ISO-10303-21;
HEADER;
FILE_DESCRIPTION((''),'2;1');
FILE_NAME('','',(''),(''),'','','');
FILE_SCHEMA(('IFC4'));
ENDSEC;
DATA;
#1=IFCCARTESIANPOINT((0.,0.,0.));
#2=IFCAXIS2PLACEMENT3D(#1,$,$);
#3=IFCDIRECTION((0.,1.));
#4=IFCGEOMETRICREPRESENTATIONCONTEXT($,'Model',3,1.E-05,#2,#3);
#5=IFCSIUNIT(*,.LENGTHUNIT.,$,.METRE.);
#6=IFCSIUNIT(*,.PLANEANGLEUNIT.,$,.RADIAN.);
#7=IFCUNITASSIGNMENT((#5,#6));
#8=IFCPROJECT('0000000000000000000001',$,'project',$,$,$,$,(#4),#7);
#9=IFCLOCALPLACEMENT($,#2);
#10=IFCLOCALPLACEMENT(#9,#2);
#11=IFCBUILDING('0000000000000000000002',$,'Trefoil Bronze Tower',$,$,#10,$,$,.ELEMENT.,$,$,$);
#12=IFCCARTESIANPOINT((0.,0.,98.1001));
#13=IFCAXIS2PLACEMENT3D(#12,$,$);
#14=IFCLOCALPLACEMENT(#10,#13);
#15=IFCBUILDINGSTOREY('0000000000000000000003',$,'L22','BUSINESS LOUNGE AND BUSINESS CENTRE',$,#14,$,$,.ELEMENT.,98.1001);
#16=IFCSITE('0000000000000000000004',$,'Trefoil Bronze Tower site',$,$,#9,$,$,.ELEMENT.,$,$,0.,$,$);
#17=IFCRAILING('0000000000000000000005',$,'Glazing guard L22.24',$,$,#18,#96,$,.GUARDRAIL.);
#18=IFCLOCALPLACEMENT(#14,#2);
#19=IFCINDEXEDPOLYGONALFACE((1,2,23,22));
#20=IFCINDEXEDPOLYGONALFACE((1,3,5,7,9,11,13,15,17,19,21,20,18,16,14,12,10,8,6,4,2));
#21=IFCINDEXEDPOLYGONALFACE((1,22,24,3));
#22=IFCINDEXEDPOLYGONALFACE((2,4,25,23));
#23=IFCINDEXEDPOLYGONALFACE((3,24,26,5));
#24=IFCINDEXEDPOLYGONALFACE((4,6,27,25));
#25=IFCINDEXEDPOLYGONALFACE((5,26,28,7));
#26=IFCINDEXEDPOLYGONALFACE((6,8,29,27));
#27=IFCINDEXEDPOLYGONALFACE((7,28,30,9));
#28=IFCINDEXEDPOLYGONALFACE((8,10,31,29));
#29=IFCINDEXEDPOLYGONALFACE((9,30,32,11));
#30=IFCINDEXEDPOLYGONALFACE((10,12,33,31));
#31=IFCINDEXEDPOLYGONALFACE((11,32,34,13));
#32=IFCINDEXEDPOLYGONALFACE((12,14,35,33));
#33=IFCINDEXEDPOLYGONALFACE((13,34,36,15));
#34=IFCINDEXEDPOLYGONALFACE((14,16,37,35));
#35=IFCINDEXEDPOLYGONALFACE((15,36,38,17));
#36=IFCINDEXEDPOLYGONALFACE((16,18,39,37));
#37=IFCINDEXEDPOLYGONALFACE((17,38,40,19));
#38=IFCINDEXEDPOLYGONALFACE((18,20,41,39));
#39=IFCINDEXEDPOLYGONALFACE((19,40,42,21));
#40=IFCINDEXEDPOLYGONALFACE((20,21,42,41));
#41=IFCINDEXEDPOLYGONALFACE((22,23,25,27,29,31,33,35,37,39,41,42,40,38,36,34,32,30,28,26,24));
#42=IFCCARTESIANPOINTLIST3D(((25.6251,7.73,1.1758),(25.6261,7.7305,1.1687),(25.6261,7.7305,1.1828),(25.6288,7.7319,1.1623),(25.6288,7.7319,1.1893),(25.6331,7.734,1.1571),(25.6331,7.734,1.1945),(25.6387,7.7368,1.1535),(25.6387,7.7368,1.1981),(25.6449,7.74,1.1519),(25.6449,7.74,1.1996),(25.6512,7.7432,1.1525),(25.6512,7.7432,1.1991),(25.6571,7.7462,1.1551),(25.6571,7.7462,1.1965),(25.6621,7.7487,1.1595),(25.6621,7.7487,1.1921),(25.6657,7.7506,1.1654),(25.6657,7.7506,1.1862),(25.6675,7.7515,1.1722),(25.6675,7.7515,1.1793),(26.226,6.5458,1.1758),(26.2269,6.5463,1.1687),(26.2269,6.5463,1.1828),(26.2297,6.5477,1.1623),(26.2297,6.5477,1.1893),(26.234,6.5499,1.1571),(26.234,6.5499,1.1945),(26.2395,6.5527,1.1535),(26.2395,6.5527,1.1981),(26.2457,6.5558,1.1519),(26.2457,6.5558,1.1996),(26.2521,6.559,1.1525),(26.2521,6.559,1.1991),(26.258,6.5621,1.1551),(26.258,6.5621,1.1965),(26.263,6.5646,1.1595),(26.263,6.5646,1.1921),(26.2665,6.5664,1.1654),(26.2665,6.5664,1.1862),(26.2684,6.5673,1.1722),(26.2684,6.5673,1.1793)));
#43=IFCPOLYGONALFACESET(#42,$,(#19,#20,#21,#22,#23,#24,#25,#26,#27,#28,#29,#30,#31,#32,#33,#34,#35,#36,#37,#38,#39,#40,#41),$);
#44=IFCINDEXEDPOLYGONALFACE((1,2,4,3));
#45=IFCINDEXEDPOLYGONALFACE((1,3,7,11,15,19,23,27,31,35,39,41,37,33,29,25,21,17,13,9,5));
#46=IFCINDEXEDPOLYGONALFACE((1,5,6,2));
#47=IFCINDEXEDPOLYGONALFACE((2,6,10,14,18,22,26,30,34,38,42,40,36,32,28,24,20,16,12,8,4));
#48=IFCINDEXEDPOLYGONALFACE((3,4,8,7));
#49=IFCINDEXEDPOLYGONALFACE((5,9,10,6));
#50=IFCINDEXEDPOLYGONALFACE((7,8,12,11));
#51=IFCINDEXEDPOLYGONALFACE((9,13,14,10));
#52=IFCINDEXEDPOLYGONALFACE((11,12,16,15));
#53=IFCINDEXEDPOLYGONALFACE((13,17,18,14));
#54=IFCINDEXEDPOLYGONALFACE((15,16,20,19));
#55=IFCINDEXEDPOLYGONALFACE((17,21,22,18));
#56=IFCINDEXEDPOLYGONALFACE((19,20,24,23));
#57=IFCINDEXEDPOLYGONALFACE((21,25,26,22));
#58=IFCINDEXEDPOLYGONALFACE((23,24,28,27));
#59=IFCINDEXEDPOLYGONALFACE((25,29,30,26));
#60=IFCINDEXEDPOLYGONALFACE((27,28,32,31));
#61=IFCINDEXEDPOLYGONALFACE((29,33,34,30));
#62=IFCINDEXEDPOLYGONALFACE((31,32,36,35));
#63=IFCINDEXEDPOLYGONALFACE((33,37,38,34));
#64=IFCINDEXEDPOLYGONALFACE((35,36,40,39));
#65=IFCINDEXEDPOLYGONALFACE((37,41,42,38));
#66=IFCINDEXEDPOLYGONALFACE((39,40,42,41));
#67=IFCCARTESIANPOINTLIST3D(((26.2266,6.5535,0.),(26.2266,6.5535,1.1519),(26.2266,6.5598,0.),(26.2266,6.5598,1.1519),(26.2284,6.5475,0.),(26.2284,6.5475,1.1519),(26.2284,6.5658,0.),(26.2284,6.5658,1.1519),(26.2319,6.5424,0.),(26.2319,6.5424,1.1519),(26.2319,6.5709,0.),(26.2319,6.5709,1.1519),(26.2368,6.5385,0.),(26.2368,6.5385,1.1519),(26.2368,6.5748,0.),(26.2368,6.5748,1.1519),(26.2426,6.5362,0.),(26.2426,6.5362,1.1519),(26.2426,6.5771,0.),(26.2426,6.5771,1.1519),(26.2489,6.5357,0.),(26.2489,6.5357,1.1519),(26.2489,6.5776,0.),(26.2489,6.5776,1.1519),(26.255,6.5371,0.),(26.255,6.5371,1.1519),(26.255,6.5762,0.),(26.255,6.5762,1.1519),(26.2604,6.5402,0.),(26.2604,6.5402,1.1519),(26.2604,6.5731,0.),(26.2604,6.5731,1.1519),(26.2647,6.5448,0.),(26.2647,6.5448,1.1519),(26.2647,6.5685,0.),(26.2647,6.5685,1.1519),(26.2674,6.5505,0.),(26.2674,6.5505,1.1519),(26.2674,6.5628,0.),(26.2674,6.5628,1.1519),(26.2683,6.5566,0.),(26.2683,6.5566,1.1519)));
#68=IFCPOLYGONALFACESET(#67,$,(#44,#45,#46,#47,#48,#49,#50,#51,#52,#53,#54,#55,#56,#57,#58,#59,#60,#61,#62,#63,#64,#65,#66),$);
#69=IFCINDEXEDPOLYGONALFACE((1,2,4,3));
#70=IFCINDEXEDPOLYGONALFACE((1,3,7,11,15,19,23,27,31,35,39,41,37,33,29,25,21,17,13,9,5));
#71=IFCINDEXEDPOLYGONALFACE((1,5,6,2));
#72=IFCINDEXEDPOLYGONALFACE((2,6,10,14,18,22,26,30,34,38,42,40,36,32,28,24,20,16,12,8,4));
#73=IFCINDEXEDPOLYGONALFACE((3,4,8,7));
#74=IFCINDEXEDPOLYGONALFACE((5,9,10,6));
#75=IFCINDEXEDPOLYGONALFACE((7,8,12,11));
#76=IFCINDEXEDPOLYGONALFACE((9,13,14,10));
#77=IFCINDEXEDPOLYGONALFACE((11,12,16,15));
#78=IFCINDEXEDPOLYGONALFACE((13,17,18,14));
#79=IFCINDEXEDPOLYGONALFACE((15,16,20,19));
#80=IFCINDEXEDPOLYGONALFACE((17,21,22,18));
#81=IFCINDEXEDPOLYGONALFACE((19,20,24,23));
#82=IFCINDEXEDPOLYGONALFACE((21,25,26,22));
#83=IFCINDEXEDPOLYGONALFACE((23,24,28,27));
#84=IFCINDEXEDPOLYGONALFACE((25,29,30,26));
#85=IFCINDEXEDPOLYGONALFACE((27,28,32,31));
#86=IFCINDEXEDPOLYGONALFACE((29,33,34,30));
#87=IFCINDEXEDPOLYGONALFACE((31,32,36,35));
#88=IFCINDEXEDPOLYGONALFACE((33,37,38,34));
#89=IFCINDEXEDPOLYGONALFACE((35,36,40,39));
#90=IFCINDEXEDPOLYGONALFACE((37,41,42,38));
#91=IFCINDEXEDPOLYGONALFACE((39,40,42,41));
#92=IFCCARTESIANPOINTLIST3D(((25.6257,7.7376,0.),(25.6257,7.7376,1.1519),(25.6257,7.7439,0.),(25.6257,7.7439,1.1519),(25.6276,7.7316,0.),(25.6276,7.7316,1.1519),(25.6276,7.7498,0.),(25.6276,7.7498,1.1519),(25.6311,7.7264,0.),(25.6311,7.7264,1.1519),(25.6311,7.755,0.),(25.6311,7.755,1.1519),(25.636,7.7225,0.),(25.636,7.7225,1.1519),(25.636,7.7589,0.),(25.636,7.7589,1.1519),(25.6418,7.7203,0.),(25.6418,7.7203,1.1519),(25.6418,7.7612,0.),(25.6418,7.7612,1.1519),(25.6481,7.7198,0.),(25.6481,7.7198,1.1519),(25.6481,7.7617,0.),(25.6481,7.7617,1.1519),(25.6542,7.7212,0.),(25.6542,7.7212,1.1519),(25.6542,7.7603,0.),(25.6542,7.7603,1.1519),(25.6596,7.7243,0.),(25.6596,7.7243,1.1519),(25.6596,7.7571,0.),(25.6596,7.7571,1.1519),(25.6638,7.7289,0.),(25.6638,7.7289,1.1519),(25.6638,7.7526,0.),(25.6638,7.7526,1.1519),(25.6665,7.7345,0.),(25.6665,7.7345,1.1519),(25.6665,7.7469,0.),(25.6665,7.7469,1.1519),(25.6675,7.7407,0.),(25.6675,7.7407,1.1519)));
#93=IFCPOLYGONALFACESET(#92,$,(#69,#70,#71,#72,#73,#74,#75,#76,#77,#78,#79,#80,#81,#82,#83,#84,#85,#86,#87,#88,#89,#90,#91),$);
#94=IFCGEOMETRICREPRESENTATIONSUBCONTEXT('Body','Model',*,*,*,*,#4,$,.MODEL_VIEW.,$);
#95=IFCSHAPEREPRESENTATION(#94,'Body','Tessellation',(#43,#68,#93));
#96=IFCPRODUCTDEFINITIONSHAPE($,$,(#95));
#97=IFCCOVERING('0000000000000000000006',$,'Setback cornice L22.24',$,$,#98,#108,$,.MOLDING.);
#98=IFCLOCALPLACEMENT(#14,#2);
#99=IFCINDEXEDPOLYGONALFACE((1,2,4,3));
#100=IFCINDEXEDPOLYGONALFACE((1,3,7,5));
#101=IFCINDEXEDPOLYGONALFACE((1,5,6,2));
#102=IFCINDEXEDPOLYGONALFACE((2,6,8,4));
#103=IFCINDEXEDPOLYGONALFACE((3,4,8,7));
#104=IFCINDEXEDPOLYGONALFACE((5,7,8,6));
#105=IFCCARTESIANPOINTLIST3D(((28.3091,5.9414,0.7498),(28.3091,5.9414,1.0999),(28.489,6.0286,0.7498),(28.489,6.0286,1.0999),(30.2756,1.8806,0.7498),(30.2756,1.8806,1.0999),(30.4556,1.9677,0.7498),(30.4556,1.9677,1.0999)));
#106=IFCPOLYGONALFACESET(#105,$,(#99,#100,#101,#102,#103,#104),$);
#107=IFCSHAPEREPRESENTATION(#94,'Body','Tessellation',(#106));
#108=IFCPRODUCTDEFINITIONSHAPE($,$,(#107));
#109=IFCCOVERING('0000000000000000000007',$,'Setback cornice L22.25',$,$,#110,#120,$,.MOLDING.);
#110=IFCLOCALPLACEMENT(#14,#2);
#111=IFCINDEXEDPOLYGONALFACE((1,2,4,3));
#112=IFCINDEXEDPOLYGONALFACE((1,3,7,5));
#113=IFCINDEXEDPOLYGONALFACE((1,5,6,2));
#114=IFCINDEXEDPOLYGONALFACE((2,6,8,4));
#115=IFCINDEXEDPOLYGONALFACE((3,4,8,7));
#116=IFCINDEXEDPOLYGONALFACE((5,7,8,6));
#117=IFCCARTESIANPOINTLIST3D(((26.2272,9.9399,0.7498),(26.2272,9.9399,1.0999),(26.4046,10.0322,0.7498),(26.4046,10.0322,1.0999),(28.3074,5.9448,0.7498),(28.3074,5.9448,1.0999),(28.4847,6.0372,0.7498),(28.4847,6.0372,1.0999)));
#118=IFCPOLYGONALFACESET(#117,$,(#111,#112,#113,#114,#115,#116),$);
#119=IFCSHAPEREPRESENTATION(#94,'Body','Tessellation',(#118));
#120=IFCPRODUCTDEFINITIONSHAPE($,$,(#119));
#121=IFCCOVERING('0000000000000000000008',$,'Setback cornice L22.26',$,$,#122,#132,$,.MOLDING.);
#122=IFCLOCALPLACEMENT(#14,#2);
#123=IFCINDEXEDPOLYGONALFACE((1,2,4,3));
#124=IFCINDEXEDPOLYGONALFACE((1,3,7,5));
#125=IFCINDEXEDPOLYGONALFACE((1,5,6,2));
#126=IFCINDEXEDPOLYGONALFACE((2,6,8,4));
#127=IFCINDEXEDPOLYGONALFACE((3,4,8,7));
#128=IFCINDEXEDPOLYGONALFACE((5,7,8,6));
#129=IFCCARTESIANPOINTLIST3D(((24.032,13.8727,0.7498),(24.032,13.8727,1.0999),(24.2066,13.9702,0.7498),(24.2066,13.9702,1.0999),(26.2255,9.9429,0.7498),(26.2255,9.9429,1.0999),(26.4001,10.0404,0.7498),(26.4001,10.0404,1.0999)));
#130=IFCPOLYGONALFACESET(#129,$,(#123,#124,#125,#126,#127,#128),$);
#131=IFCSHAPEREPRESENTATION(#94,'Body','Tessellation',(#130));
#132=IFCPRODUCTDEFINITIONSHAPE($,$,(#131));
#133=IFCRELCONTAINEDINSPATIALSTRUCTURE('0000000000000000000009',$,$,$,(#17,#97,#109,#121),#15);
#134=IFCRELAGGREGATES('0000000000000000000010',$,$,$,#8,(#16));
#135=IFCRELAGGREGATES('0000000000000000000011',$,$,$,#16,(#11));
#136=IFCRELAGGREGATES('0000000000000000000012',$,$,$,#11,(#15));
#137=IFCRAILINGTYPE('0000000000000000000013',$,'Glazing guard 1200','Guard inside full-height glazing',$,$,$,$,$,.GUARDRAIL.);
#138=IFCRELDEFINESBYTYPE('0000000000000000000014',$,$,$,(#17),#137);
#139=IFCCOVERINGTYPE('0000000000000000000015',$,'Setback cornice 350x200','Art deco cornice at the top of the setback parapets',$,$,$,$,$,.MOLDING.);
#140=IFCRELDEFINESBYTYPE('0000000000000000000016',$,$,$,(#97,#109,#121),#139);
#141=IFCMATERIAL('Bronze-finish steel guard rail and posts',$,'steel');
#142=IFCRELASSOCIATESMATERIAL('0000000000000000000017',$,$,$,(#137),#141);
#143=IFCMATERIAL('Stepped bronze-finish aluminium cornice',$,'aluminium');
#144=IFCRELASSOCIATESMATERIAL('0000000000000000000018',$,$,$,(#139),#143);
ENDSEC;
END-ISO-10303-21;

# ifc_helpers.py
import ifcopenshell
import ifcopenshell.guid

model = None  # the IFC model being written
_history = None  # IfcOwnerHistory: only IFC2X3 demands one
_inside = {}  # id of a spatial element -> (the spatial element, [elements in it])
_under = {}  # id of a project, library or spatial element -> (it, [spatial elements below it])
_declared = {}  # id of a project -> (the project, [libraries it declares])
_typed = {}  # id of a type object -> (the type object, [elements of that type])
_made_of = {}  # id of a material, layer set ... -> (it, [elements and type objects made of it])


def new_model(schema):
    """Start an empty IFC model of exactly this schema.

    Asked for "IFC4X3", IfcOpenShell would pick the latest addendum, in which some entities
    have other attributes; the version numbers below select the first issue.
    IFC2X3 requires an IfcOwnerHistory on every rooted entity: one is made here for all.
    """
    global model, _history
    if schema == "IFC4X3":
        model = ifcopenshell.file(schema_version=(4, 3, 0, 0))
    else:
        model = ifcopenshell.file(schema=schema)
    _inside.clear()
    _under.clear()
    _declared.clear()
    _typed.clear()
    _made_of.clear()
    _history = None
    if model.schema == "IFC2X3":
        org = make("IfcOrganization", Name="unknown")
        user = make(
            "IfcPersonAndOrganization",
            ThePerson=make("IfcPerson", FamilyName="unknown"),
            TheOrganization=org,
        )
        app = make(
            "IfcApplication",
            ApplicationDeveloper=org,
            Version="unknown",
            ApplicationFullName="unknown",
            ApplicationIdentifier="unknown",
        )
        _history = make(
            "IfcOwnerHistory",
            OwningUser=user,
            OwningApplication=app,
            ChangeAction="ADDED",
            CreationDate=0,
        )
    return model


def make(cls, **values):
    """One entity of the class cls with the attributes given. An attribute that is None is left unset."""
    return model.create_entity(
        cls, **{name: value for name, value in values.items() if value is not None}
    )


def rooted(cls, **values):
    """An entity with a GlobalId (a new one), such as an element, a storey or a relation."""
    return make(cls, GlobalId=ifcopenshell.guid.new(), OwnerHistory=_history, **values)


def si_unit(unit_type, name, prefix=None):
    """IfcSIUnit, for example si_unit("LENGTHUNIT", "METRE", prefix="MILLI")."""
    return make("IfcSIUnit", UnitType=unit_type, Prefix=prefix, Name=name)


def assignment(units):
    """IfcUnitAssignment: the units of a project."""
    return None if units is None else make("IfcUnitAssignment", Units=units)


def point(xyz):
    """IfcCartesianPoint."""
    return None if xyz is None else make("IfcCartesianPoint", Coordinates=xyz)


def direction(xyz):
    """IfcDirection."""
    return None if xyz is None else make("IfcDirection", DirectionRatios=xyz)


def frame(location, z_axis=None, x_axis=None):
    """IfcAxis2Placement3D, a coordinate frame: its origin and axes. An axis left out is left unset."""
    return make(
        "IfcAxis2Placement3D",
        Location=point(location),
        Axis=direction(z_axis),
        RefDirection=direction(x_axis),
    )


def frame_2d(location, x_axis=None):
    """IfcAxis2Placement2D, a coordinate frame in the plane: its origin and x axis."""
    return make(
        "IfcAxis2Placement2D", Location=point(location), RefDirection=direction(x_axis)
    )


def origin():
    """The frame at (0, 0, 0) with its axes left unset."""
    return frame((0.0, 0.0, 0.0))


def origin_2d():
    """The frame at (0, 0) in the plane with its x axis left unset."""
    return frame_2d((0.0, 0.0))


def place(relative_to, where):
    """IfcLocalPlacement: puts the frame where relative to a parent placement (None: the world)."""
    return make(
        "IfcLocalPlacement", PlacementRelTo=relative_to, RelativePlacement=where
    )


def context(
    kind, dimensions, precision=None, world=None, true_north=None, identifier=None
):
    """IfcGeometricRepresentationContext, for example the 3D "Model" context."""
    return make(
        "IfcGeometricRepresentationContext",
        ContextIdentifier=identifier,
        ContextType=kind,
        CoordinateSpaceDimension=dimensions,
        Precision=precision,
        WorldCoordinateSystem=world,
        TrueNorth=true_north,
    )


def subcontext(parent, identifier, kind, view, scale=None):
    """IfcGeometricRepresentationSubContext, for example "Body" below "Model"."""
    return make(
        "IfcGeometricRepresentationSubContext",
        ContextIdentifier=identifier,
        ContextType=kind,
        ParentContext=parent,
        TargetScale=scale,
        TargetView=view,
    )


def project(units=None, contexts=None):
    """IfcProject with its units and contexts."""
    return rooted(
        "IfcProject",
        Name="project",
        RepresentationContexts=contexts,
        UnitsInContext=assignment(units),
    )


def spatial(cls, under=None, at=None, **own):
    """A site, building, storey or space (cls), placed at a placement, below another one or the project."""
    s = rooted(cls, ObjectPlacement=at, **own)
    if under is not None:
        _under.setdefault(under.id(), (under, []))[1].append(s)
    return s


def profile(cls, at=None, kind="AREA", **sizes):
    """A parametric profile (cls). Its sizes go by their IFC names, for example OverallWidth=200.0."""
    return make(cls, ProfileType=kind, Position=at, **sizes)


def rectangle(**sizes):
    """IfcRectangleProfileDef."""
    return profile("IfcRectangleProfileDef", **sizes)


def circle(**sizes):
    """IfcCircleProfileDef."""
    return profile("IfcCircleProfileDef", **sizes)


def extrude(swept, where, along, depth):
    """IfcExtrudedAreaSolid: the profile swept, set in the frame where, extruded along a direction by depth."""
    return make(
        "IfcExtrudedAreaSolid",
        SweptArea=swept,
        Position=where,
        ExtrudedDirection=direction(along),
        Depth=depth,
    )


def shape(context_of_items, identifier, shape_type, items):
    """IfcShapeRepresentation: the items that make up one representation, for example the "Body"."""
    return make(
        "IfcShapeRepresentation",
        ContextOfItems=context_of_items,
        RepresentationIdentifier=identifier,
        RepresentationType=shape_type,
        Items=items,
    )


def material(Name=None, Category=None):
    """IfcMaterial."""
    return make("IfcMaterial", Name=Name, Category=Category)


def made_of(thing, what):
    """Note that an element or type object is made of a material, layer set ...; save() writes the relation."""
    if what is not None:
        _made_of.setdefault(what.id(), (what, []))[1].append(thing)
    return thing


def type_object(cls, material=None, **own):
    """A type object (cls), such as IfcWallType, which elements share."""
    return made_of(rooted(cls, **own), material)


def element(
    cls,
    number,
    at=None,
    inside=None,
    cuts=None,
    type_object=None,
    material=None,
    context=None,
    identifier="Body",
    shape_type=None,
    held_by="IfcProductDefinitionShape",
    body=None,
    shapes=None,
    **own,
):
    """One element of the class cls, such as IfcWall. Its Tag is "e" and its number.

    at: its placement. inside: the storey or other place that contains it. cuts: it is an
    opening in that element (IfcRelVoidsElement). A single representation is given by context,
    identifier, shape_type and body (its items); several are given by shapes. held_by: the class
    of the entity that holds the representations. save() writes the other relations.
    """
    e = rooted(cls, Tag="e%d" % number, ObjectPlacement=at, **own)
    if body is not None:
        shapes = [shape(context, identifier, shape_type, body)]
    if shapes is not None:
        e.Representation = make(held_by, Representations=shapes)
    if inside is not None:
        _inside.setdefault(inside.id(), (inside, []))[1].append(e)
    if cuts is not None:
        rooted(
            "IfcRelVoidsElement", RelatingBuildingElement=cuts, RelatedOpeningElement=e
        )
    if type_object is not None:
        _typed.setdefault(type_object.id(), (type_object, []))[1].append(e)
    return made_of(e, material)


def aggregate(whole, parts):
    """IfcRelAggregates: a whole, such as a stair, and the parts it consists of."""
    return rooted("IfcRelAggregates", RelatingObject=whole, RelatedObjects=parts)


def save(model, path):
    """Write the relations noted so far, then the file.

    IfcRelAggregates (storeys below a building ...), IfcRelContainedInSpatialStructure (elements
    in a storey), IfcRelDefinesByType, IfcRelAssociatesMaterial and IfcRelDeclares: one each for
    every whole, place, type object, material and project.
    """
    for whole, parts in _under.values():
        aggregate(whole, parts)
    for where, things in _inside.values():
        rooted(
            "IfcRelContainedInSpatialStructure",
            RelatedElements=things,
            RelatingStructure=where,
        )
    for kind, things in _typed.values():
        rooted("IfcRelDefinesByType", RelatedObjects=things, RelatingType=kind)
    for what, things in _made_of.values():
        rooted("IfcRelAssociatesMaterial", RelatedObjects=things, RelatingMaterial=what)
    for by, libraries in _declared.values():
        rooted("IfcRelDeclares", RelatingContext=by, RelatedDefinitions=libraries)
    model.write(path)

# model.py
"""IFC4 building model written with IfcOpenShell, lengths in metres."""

from ifc_helpers import new_model, si_unit, direction, frame, origin, origin_2d, place, context, subcontext, project, spatial, rectangle, circle, extrude, material, type_object, element, save


model = new_model("IFC4")

# Units and contexts
model_context = context("Model", 3, precision=1e-05, world=origin(), true_north=direction((0.0, 1.0)))
body_context = subcontext(model_context, "Body", "Model", "MODEL_VIEW")
ifc_project = project(units=[si_unit("LENGTHUNIT", "METRE"), si_unit("PLANEANGLEUNIT", "RADIAN")], contexts=[model_context])

# Site, building, storey
site_placement = place(None, origin())
site = spatial("IfcSite", under=ifc_project, at=site_placement, Name="Trefoil Bronze Tower site", CompositionType="ELEMENT", RefElevation=0.0)
building_placement = place(site_placement, origin())
building = spatial("IfcBuilding", under=site, at=building_placement, Name="Trefoil Bronze Tower", CompositionType="ELEMENT")
storey_placement = place(building_placement, frame((0.0, 0.0, 98.1001)))
storey = spatial("IfcBuildingStorey", under=building, at=storey_placement, Name="L22", Description="BUSINESS LOUNGE AND BUSINESS CENTRE", CompositionType="ELEMENT", Elevation=98.1001)

# Railing
ifc_material_1 = material(Name="Bronze-finish steel guard rail and posts", Category="steel")
railing_type = type_object("IfcRailingType", Name="Glazing guard 1200", Description="Guard inside full-height glazing", PredefinedType="GUARDRAIL", material=ifc_material_1)
railing_1_placement = place(storey_placement, frame((26.2473, 6.5566, 0.0)))
element("IfcRailing", 1, at=railing_1_placement, inside=storey, type_object=railing_type, Name="Glazing guard L22.24", PredefinedType="GUARDRAIL", context=body_context, shape_type="SweptSolid", body=[
    extrude(circle(Radius=0.0239, at=origin_2d()), frame((0.0, 0.0, 1.1758), z_axis=(-0.452501, 0.891764, 0.0), x_axis=(-0.891764, -0.452501, 0.0)), (0.0, 0.0, 1.0), 1.3279),
    extrude(circle(Radius=0.021, at=origin_2d()), origin(), (0.0, 0.0, 1.0), 1.1519),
    extrude(circle(Radius=0.021, at=origin_2d()), frame((-0.6008, 1.1841, 0.0)), (0.0, 0.0, 1.0), 1.1519),
])

# Coverings
ifc_material_2 = material(Name="Stepped bronze-finish aluminium cornice", Category="aluminium")
covering_type = type_object("IfcCoveringType", Name="Setback cornice 350x200", Description="Art deco cornice at the top of the setback parapets", PredefinedType="MOLDING", material=ifc_material_2)
covering_1_placement = place(storey_placement, frame((29.3823, 3.9546, 0.7498), z_axis=(0.0, 0.0, 1.0), x_axis=(-0.435855, 0.900017, 0.0)))
element("IfcCovering", 2, at=covering_1_placement, inside=storey, type_object=covering_type, Name="Setback cornice L22.24", PredefinedType="MOLDING", context=body_context, shape_type="SweptSolid", body=[
    extrude(rectangle(XDim=4.512, YDim=0.2, at=origin_2d()), origin(), (0.0, 0.0, 1.0), 0.3501),
])
covering_2_placement = place(storey_placement, frame((27.356, 7.9885, 0.7498), z_axis=(0.0, 0.0, 1.0), x_axis=(-0.46183, 0.886969, 0.0)))
element("IfcCovering", 3, at=covering_2_placement, inside=storey, type_object=covering_type, Name="Setback cornice L22.25", PredefinedType="MOLDING", context=body_context, shape_type="SweptSolid", body=[
    extrude(rectangle(XDim=4.5042, YDim=0.2, at=origin_2d()), origin(), (0.0, 0.0, 1.0), 0.3501),
])
covering_3_placement = place(storey_placement, frame((25.2161, 11.9565, 0.7498), z_axis=(0.0, 0.0, 1.0), x_axis=(-0.487382, 0.873189, 0.0)))
element("IfcCovering", 4, at=covering_3_placement, inside=storey, type_object=covering_type, Name="Setback cornice L22.26", PredefinedType="MOLDING", context=body_context, shape_type="SweptSolid", body=[
    extrude(rectangle(XDim=4.5005, YDim=0.2, at=origin_2d()), origin(), (0.0, 0.0, 1.0), 0.3501),
])

save(model, "model.ifc")
